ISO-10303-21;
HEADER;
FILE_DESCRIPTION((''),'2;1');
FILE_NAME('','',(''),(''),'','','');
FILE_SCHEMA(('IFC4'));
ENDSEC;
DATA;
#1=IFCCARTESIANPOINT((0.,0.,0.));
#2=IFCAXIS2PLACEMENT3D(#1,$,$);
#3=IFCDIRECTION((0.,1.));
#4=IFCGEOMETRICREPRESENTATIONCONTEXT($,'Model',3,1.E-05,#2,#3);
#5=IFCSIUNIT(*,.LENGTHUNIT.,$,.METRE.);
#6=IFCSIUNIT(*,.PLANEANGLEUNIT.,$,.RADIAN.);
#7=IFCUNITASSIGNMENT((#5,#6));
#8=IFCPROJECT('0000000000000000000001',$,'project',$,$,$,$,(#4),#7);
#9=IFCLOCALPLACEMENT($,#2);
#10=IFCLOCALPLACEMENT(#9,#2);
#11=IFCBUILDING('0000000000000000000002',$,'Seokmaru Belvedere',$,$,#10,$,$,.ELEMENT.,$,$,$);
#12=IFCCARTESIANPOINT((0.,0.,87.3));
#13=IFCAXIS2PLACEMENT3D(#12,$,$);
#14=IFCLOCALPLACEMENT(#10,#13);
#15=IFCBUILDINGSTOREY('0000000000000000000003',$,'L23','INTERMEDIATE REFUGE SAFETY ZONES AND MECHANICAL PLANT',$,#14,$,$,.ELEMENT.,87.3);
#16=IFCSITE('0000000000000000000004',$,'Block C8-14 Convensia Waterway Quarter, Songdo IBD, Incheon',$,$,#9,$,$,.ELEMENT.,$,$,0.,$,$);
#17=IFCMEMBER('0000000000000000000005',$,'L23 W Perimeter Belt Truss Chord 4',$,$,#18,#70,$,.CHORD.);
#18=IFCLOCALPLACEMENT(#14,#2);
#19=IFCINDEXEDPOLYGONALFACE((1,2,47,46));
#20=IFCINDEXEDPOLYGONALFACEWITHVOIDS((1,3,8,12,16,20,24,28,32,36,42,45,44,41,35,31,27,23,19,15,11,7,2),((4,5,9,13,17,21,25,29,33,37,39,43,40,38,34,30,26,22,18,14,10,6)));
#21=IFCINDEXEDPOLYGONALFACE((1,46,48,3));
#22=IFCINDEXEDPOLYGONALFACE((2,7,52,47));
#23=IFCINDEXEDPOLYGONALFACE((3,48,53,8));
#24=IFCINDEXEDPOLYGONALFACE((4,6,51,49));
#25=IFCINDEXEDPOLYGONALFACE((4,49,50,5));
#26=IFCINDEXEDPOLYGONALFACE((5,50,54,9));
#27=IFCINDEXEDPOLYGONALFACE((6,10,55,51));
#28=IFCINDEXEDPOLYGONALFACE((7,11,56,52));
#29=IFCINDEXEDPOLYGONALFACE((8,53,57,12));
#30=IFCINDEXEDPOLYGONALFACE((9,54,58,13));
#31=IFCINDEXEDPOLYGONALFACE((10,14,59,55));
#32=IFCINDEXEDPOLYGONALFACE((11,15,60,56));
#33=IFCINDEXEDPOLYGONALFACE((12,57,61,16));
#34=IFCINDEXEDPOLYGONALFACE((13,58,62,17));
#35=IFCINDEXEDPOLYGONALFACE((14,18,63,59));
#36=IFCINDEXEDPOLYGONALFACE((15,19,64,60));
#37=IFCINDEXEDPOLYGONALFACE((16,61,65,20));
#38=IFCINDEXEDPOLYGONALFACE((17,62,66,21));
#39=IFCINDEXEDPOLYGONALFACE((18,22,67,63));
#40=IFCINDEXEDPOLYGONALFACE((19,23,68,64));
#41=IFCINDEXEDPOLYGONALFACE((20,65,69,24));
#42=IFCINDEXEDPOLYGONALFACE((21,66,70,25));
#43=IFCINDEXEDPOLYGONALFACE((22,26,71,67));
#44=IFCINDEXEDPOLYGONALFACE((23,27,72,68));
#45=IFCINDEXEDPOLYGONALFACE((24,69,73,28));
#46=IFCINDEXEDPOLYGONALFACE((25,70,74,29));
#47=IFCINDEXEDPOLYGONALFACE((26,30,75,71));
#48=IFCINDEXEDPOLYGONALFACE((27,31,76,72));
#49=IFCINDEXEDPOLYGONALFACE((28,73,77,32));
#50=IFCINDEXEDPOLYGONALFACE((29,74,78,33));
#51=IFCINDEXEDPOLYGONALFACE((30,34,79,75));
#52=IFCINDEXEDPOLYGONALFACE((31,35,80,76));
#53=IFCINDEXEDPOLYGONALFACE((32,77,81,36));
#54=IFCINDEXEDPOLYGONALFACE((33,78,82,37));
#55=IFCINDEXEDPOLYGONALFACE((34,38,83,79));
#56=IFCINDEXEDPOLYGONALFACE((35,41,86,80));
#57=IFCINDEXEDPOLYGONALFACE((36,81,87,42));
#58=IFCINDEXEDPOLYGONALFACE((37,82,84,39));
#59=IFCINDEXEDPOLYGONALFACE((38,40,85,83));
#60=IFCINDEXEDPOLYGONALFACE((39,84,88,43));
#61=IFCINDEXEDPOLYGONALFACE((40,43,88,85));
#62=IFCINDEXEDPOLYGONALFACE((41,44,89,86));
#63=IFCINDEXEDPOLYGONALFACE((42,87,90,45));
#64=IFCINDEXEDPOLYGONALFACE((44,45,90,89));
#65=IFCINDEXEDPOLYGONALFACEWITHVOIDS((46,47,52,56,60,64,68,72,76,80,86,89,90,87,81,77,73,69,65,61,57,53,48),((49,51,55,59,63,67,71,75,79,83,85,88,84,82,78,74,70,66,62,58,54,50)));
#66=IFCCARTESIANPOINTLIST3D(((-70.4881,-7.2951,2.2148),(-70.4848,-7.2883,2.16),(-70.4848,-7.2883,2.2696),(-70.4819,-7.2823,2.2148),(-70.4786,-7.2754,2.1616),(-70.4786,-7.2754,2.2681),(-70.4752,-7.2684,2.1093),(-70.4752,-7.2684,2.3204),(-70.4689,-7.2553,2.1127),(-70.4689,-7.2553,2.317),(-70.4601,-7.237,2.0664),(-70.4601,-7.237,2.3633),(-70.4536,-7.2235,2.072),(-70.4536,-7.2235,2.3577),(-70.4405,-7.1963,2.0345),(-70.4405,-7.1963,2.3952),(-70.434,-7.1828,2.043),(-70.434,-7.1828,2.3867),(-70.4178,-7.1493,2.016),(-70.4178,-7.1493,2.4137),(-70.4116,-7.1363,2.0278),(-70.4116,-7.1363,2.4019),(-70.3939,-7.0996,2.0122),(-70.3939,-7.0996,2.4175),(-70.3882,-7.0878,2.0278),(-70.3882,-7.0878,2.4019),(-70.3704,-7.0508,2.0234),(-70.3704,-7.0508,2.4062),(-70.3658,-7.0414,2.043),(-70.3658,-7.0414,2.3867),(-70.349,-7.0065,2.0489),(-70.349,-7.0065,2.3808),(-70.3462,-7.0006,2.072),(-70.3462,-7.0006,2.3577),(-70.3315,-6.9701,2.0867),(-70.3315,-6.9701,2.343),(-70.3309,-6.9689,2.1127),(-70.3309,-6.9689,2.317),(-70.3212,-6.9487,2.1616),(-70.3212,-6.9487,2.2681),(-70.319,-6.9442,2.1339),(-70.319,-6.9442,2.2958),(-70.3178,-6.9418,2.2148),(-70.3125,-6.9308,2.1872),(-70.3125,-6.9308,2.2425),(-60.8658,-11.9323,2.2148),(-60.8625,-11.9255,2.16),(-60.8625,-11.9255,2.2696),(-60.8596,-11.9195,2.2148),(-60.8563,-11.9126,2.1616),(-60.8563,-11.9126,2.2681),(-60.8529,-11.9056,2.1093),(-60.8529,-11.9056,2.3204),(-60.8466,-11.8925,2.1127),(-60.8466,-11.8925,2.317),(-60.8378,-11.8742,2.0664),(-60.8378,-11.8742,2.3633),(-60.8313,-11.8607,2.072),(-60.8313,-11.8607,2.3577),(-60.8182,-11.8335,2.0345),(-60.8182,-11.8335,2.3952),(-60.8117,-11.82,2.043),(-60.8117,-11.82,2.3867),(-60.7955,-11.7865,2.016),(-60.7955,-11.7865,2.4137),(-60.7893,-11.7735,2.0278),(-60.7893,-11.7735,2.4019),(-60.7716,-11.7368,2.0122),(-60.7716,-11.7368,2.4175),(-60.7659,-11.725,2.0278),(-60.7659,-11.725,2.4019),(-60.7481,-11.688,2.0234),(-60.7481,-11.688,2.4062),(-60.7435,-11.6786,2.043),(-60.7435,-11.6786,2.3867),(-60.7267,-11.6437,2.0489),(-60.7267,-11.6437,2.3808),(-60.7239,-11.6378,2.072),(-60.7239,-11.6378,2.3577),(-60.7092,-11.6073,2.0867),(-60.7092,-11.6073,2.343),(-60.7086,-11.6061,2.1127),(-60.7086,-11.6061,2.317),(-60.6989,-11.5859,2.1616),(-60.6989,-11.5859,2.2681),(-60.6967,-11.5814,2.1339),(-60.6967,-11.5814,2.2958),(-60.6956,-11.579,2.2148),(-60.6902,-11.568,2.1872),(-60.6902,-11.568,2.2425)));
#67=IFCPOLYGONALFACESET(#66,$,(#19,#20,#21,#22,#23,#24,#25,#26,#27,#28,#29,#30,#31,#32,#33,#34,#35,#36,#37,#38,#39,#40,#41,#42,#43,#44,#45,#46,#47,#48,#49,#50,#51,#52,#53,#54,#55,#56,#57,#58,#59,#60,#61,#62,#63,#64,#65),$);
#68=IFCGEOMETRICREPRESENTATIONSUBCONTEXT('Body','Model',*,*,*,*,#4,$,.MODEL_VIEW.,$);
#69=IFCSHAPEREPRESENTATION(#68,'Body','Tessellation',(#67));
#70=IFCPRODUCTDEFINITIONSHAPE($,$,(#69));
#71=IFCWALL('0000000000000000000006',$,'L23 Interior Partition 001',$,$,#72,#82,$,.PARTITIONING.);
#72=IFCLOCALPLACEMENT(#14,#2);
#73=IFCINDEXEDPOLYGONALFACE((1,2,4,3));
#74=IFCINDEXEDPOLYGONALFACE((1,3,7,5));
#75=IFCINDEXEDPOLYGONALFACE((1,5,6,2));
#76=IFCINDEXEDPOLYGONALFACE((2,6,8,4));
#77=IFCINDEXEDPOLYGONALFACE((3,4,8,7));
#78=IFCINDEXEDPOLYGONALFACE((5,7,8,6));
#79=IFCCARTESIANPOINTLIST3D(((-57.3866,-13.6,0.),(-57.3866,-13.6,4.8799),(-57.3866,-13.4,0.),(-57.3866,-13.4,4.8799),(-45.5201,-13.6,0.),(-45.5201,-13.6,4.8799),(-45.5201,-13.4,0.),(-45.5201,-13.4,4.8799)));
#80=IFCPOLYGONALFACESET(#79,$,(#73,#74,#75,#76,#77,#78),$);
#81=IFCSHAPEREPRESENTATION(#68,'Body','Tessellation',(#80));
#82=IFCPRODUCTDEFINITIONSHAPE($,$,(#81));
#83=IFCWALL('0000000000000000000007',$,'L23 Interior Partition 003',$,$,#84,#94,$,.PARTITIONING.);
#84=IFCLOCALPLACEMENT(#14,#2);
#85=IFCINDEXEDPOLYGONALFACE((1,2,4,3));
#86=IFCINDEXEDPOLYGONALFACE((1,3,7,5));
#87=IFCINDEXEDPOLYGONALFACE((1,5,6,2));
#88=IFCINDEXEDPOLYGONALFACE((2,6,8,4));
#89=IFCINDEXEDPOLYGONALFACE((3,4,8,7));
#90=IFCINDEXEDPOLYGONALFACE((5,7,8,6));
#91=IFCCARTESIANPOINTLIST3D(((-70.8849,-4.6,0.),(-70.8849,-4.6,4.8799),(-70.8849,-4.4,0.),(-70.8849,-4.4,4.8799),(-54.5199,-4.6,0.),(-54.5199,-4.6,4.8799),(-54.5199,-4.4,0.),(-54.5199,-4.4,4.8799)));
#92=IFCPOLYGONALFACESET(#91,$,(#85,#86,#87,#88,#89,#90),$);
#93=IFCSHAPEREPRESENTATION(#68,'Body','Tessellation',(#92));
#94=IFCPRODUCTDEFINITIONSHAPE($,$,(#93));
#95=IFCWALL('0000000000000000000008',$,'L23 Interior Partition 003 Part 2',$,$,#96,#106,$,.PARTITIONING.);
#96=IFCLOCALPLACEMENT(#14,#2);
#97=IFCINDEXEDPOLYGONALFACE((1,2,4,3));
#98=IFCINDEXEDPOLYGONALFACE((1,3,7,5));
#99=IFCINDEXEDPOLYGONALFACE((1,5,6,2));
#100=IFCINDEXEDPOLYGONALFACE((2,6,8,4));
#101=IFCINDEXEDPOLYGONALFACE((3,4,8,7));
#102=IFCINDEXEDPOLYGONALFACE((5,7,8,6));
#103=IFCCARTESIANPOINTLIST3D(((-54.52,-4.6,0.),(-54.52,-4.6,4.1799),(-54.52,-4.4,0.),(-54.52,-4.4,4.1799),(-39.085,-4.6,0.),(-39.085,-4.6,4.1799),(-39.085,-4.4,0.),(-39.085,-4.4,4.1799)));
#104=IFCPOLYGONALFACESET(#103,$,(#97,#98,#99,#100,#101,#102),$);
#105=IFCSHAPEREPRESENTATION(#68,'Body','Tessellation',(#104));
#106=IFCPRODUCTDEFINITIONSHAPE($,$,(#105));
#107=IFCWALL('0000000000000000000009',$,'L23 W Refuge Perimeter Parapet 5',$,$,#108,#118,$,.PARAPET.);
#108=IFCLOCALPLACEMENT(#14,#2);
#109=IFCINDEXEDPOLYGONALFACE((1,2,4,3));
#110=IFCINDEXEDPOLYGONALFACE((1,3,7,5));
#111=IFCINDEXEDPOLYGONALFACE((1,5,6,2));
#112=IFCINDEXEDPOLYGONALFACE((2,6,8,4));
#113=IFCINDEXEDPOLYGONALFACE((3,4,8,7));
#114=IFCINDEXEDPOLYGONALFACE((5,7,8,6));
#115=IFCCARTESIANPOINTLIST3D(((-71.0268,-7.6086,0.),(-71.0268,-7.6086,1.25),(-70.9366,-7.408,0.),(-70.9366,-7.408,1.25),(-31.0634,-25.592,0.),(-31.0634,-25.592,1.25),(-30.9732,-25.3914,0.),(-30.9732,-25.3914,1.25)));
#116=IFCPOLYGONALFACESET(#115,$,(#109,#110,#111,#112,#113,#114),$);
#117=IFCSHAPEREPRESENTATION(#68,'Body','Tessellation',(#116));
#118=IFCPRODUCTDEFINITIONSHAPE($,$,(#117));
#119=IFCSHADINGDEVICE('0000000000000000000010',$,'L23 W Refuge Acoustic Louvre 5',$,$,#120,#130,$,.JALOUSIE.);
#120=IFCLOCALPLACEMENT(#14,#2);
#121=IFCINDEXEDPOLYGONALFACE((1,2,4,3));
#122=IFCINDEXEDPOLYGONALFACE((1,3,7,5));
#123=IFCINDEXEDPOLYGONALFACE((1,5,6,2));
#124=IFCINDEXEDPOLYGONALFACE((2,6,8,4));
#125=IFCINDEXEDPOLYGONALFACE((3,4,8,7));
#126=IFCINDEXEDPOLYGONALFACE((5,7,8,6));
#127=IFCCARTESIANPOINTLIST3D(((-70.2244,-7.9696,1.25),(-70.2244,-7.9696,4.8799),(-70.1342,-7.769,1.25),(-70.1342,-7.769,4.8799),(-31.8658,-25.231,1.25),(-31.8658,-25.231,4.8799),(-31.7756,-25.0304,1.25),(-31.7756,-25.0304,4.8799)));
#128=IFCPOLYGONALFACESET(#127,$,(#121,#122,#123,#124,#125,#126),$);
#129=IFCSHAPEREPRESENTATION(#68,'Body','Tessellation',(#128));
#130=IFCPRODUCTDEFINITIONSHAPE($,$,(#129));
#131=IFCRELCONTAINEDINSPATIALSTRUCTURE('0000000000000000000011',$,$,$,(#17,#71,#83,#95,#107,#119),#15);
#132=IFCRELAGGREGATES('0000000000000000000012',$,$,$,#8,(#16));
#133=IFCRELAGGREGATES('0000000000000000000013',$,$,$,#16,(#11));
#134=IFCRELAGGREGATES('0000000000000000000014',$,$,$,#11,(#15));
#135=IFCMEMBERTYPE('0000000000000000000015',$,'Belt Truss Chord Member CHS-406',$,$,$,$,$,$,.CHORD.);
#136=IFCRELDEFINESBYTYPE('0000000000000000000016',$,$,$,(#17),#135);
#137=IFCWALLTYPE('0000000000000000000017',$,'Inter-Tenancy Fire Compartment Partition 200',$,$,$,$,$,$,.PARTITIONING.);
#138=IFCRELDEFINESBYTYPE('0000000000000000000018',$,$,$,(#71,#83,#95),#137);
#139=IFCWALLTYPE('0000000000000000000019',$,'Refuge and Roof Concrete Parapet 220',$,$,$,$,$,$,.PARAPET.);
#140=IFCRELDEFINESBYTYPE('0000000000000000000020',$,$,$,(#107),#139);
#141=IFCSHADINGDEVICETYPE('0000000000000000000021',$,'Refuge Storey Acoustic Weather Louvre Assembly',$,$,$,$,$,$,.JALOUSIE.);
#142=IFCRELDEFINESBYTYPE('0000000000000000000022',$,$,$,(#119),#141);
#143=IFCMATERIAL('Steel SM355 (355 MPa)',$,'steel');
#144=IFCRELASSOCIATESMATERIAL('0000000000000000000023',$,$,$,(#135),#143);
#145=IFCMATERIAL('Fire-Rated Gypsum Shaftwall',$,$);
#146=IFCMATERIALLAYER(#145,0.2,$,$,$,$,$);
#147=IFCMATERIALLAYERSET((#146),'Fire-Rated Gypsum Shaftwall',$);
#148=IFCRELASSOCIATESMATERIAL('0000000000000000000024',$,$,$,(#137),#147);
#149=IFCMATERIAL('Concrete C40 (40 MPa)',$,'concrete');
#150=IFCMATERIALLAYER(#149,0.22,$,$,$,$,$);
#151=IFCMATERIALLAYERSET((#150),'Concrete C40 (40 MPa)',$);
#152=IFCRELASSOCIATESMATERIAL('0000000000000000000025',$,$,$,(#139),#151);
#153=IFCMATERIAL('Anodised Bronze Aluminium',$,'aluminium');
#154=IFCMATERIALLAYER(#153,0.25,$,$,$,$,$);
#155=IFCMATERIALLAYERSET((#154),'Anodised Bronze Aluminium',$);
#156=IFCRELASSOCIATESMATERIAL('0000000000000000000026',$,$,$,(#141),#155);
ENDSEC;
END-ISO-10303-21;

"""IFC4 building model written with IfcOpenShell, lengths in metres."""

from ifc_helpers import new_model, si_unit, direction, frame, frame_2d, origin, origin_2d, place, context, subcontext, project, spatial, rectangle, hollow_circle, extrude, source, transform, mapped, material, layer, layer_set, material_profile, profile_set, type_object, type_shapes, element, save


model = new_model("IFC4")

# Units and contexts
model_context = context("Model", 3, precision=1e-05, world=origin(), true_north=direction((0.0, 1.0)))
body_context = subcontext(model_context, "Body", "Model", "MODEL_VIEW")
ifc_project = project(units=[si_unit("LENGTHUNIT", "METRE"), si_unit("PLANEANGLEUNIT", "RADIAN")], contexts=[model_context])

# Site, building, storey
site_placement = place(None, origin())
site = spatial("IfcSite", under=ifc_project, at=site_placement, Name="Block C8-14 Convensia Waterway Quarter, Songdo IBD, Incheon", CompositionType="ELEMENT", RefElevation=0.0)
building_placement = place(site_placement, origin())
building = spatial("IfcBuilding", under=site, at=building_placement, Name="Seokmaru Belvedere", CompositionType="ELEMENT")
storey_placement = place(building_placement, frame((0.0, 0.0, 87.3)))
storey = spatial("IfcBuildingStorey", under=building, at=storey_placement, Name="L23", Description="INTERMEDIATE REFUGE SAFETY ZONES AND MECHANICAL PLANT", CompositionType="ELEMENT", Elevation=87.3)

# Shared definitions
ifc_material_1 = material(Name="Steel SM355 (355 MPa)", Category="steel")

# Member
ifc_material_profile_1 = material_profile(ifc_material_1, hollow_circle(Radius=0.2031, WallThickness=0.0142, at=origin_2d()), Name="CHS-406.4x14.2")
ifc_profile_set_1 = profile_set([ifc_material_profile_1], Name="Steel SM355 (355 MPa)")
member_type_1 = type_object("IfcMemberType", Name="Belt Truss Chord Member CHS-406", PredefinedType="CHORD", material=ifc_profile_set_1)
shared_shape_1 = source(origin(), body_context, "Body", "SweptSolid", [
    extrude(hollow_circle(Radius=0.2031, WallThickness=0.0142, at=origin_2d()), origin(), (0.0, 0.0, 1.0), 10.6814),
])
type_shapes(member_type_1, [shared_shape_1])
member_1_placement = place(storey_placement, frame((-60.7776, -11.7493, 2.2148), z_axis=(-0.900846, 0.434138, 0.0), x_axis=(-0.434138, -0.900846, 0.0)))
element("IfcMember", 1, at=member_1_placement, inside=storey, type_object=member_type_1, Name="L23 W Perimeter Belt Truss Chord 4", PredefinedType="CHORD", context=body_context, shape_type="MappedRepresentation", body=[
    mapped(shared_shape_1, transform((0.0, 0.0, 0.0), scale=1.0)),
])

# Walls
ifc_material_2 = material(Name="Fire-Rated Gypsum Shaftwall")
ifc_layer_1 = layer(ifc_material_2, 0.2)
ifc_layer_set_1 = layer_set([ifc_layer_1], Name="Fire-Rated Gypsum Shaftwall")
wall_type_1 = type_object("IfcWallType", Name="Inter-Tenancy Fire Compartment Partition 200", PredefinedType="PARTITIONING", material=ifc_layer_set_1)
wall_1_placement = place(storey_placement, frame((-57.3865, -13.5, 0.0), z_axis=(0.0, 0.0, 1.0), x_axis=(1.0, 0.0, 0.0)))
element("IfcWall", 2, at=wall_1_placement, inside=storey, type_object=wall_type_1, Name="L23 Interior Partition 001", PredefinedType="PARTITIONING", context=body_context, shape_type="SweptSolid", body=[
    extrude(rectangle(XDim=11.8665, YDim=0.2, at=frame_2d((5.9331, 0.0))), origin(), (0.0, 0.0, 1.0), 4.8799),
])
wall_2_placement = place(storey_placement, frame((-70.885, -4.5, 0.0), z_axis=(0.0, 0.0, 1.0), x_axis=(1.0, 0.0, 0.0)))
element("IfcWall", 3, at=wall_2_placement, inside=storey, type_object=wall_type_1, Name="L23 Interior Partition 003", PredefinedType="PARTITIONING", context=body_context, shape_type="SweptSolid", body=[
    extrude(rectangle(XDim=16.365, YDim=0.2, at=frame_2d((8.1826, 0.0))), origin(), (0.0, 0.0, 1.0), 4.8799),
])
wall_3_placement = place(storey_placement, frame((-54.52, -4.5, 0.0), z_axis=(0.0, 0.0, 1.0), x_axis=(1.0, 0.0, 0.0)))
element("IfcWall", 4, at=wall_3_placement, inside=storey, type_object=wall_type_1, Name="L23 Interior Partition 003 Part 2", PredefinedType="PARTITIONING", context=body_context, shape_type="SweptSolid", body=[
    extrude(rectangle(XDim=15.4351, YDim=0.2, at=frame_2d((7.7175, 0.0))), origin(), (0.0, 0.0, 1.0), 4.1799),
])
ifc_material_3 = material(Name="Concrete C40 (40 MPa)", Category="concrete")
ifc_layer_2 = layer(ifc_material_3, 0.22)
ifc_layer_set_2 = layer_set([ifc_layer_2], Name="Concrete C40 (40 MPa)")
wall_type_2 = type_object("IfcWallType", Name="Refuge and Roof Concrete Parapet 220", PredefinedType="PARAPET", material=ifc_layer_set_2)
wall_4_placement = place(storey_placement, frame((-70.9817, -7.5083, 0.0), z_axis=(0.0, 0.0, 1.0), x_axis=(0.911923, -0.410362, 0.0)))
element("IfcWall", 5, at=wall_4_placement, inside=storey, type_object=wall_type_2, Name="L23 W Refuge Perimeter Parapet 5", PredefinedType="PARAPET", context=body_context, shape_type="SweptSolid", body=[
    extrude(rectangle(XDim=43.8232, YDim=0.22, at=frame_2d((21.9116, 0.0))), origin(), (0.0, 0.0, 1.0), 1.25),
])

# Shading device
ifc_material_4 = material(Name="Anodised Bronze Aluminium", Category="aluminium")
ifc_layer_3 = layer(ifc_material_4, 0.25)
ifc_layer_set_3 = layer_set([ifc_layer_3], Name="Anodised Bronze Aluminium")
shading_device_type = type_object("IfcShadingDeviceType", Name="Refuge Storey Acoustic Weather Louvre Assembly", PredefinedType="JALOUSIE", material=ifc_layer_set_3)
shared_shape_2 = source(origin(), body_context, "Body", "SweptSolid", [
    extrude(rectangle(XDim=42.0635, YDim=0.22, at=origin_2d()), origin(), (0.0, 0.0, 1.0), 3.6299),
])
type_shapes(shading_device_type, [shared_shape_2])
shading_device_placement = place(storey_placement, frame((-51.0, -16.5, 1.25), z_axis=(0.0, 0.0, 1.0), x_axis=(0.911922, -0.410364, 0.0)))
element("IfcShadingDevice", 6, at=shading_device_placement, inside=storey, type_object=shading_device_type, Name="L23 W Refuge Acoustic Louvre 5", PredefinedType="JALOUSIE", context=body_context, shape_type="MappedRepresentation", body=[
    mapped(shared_shape_2, transform((0.0, 0.0, 0.0), scale=1.0)),
])

save(model, "model.ifc")
